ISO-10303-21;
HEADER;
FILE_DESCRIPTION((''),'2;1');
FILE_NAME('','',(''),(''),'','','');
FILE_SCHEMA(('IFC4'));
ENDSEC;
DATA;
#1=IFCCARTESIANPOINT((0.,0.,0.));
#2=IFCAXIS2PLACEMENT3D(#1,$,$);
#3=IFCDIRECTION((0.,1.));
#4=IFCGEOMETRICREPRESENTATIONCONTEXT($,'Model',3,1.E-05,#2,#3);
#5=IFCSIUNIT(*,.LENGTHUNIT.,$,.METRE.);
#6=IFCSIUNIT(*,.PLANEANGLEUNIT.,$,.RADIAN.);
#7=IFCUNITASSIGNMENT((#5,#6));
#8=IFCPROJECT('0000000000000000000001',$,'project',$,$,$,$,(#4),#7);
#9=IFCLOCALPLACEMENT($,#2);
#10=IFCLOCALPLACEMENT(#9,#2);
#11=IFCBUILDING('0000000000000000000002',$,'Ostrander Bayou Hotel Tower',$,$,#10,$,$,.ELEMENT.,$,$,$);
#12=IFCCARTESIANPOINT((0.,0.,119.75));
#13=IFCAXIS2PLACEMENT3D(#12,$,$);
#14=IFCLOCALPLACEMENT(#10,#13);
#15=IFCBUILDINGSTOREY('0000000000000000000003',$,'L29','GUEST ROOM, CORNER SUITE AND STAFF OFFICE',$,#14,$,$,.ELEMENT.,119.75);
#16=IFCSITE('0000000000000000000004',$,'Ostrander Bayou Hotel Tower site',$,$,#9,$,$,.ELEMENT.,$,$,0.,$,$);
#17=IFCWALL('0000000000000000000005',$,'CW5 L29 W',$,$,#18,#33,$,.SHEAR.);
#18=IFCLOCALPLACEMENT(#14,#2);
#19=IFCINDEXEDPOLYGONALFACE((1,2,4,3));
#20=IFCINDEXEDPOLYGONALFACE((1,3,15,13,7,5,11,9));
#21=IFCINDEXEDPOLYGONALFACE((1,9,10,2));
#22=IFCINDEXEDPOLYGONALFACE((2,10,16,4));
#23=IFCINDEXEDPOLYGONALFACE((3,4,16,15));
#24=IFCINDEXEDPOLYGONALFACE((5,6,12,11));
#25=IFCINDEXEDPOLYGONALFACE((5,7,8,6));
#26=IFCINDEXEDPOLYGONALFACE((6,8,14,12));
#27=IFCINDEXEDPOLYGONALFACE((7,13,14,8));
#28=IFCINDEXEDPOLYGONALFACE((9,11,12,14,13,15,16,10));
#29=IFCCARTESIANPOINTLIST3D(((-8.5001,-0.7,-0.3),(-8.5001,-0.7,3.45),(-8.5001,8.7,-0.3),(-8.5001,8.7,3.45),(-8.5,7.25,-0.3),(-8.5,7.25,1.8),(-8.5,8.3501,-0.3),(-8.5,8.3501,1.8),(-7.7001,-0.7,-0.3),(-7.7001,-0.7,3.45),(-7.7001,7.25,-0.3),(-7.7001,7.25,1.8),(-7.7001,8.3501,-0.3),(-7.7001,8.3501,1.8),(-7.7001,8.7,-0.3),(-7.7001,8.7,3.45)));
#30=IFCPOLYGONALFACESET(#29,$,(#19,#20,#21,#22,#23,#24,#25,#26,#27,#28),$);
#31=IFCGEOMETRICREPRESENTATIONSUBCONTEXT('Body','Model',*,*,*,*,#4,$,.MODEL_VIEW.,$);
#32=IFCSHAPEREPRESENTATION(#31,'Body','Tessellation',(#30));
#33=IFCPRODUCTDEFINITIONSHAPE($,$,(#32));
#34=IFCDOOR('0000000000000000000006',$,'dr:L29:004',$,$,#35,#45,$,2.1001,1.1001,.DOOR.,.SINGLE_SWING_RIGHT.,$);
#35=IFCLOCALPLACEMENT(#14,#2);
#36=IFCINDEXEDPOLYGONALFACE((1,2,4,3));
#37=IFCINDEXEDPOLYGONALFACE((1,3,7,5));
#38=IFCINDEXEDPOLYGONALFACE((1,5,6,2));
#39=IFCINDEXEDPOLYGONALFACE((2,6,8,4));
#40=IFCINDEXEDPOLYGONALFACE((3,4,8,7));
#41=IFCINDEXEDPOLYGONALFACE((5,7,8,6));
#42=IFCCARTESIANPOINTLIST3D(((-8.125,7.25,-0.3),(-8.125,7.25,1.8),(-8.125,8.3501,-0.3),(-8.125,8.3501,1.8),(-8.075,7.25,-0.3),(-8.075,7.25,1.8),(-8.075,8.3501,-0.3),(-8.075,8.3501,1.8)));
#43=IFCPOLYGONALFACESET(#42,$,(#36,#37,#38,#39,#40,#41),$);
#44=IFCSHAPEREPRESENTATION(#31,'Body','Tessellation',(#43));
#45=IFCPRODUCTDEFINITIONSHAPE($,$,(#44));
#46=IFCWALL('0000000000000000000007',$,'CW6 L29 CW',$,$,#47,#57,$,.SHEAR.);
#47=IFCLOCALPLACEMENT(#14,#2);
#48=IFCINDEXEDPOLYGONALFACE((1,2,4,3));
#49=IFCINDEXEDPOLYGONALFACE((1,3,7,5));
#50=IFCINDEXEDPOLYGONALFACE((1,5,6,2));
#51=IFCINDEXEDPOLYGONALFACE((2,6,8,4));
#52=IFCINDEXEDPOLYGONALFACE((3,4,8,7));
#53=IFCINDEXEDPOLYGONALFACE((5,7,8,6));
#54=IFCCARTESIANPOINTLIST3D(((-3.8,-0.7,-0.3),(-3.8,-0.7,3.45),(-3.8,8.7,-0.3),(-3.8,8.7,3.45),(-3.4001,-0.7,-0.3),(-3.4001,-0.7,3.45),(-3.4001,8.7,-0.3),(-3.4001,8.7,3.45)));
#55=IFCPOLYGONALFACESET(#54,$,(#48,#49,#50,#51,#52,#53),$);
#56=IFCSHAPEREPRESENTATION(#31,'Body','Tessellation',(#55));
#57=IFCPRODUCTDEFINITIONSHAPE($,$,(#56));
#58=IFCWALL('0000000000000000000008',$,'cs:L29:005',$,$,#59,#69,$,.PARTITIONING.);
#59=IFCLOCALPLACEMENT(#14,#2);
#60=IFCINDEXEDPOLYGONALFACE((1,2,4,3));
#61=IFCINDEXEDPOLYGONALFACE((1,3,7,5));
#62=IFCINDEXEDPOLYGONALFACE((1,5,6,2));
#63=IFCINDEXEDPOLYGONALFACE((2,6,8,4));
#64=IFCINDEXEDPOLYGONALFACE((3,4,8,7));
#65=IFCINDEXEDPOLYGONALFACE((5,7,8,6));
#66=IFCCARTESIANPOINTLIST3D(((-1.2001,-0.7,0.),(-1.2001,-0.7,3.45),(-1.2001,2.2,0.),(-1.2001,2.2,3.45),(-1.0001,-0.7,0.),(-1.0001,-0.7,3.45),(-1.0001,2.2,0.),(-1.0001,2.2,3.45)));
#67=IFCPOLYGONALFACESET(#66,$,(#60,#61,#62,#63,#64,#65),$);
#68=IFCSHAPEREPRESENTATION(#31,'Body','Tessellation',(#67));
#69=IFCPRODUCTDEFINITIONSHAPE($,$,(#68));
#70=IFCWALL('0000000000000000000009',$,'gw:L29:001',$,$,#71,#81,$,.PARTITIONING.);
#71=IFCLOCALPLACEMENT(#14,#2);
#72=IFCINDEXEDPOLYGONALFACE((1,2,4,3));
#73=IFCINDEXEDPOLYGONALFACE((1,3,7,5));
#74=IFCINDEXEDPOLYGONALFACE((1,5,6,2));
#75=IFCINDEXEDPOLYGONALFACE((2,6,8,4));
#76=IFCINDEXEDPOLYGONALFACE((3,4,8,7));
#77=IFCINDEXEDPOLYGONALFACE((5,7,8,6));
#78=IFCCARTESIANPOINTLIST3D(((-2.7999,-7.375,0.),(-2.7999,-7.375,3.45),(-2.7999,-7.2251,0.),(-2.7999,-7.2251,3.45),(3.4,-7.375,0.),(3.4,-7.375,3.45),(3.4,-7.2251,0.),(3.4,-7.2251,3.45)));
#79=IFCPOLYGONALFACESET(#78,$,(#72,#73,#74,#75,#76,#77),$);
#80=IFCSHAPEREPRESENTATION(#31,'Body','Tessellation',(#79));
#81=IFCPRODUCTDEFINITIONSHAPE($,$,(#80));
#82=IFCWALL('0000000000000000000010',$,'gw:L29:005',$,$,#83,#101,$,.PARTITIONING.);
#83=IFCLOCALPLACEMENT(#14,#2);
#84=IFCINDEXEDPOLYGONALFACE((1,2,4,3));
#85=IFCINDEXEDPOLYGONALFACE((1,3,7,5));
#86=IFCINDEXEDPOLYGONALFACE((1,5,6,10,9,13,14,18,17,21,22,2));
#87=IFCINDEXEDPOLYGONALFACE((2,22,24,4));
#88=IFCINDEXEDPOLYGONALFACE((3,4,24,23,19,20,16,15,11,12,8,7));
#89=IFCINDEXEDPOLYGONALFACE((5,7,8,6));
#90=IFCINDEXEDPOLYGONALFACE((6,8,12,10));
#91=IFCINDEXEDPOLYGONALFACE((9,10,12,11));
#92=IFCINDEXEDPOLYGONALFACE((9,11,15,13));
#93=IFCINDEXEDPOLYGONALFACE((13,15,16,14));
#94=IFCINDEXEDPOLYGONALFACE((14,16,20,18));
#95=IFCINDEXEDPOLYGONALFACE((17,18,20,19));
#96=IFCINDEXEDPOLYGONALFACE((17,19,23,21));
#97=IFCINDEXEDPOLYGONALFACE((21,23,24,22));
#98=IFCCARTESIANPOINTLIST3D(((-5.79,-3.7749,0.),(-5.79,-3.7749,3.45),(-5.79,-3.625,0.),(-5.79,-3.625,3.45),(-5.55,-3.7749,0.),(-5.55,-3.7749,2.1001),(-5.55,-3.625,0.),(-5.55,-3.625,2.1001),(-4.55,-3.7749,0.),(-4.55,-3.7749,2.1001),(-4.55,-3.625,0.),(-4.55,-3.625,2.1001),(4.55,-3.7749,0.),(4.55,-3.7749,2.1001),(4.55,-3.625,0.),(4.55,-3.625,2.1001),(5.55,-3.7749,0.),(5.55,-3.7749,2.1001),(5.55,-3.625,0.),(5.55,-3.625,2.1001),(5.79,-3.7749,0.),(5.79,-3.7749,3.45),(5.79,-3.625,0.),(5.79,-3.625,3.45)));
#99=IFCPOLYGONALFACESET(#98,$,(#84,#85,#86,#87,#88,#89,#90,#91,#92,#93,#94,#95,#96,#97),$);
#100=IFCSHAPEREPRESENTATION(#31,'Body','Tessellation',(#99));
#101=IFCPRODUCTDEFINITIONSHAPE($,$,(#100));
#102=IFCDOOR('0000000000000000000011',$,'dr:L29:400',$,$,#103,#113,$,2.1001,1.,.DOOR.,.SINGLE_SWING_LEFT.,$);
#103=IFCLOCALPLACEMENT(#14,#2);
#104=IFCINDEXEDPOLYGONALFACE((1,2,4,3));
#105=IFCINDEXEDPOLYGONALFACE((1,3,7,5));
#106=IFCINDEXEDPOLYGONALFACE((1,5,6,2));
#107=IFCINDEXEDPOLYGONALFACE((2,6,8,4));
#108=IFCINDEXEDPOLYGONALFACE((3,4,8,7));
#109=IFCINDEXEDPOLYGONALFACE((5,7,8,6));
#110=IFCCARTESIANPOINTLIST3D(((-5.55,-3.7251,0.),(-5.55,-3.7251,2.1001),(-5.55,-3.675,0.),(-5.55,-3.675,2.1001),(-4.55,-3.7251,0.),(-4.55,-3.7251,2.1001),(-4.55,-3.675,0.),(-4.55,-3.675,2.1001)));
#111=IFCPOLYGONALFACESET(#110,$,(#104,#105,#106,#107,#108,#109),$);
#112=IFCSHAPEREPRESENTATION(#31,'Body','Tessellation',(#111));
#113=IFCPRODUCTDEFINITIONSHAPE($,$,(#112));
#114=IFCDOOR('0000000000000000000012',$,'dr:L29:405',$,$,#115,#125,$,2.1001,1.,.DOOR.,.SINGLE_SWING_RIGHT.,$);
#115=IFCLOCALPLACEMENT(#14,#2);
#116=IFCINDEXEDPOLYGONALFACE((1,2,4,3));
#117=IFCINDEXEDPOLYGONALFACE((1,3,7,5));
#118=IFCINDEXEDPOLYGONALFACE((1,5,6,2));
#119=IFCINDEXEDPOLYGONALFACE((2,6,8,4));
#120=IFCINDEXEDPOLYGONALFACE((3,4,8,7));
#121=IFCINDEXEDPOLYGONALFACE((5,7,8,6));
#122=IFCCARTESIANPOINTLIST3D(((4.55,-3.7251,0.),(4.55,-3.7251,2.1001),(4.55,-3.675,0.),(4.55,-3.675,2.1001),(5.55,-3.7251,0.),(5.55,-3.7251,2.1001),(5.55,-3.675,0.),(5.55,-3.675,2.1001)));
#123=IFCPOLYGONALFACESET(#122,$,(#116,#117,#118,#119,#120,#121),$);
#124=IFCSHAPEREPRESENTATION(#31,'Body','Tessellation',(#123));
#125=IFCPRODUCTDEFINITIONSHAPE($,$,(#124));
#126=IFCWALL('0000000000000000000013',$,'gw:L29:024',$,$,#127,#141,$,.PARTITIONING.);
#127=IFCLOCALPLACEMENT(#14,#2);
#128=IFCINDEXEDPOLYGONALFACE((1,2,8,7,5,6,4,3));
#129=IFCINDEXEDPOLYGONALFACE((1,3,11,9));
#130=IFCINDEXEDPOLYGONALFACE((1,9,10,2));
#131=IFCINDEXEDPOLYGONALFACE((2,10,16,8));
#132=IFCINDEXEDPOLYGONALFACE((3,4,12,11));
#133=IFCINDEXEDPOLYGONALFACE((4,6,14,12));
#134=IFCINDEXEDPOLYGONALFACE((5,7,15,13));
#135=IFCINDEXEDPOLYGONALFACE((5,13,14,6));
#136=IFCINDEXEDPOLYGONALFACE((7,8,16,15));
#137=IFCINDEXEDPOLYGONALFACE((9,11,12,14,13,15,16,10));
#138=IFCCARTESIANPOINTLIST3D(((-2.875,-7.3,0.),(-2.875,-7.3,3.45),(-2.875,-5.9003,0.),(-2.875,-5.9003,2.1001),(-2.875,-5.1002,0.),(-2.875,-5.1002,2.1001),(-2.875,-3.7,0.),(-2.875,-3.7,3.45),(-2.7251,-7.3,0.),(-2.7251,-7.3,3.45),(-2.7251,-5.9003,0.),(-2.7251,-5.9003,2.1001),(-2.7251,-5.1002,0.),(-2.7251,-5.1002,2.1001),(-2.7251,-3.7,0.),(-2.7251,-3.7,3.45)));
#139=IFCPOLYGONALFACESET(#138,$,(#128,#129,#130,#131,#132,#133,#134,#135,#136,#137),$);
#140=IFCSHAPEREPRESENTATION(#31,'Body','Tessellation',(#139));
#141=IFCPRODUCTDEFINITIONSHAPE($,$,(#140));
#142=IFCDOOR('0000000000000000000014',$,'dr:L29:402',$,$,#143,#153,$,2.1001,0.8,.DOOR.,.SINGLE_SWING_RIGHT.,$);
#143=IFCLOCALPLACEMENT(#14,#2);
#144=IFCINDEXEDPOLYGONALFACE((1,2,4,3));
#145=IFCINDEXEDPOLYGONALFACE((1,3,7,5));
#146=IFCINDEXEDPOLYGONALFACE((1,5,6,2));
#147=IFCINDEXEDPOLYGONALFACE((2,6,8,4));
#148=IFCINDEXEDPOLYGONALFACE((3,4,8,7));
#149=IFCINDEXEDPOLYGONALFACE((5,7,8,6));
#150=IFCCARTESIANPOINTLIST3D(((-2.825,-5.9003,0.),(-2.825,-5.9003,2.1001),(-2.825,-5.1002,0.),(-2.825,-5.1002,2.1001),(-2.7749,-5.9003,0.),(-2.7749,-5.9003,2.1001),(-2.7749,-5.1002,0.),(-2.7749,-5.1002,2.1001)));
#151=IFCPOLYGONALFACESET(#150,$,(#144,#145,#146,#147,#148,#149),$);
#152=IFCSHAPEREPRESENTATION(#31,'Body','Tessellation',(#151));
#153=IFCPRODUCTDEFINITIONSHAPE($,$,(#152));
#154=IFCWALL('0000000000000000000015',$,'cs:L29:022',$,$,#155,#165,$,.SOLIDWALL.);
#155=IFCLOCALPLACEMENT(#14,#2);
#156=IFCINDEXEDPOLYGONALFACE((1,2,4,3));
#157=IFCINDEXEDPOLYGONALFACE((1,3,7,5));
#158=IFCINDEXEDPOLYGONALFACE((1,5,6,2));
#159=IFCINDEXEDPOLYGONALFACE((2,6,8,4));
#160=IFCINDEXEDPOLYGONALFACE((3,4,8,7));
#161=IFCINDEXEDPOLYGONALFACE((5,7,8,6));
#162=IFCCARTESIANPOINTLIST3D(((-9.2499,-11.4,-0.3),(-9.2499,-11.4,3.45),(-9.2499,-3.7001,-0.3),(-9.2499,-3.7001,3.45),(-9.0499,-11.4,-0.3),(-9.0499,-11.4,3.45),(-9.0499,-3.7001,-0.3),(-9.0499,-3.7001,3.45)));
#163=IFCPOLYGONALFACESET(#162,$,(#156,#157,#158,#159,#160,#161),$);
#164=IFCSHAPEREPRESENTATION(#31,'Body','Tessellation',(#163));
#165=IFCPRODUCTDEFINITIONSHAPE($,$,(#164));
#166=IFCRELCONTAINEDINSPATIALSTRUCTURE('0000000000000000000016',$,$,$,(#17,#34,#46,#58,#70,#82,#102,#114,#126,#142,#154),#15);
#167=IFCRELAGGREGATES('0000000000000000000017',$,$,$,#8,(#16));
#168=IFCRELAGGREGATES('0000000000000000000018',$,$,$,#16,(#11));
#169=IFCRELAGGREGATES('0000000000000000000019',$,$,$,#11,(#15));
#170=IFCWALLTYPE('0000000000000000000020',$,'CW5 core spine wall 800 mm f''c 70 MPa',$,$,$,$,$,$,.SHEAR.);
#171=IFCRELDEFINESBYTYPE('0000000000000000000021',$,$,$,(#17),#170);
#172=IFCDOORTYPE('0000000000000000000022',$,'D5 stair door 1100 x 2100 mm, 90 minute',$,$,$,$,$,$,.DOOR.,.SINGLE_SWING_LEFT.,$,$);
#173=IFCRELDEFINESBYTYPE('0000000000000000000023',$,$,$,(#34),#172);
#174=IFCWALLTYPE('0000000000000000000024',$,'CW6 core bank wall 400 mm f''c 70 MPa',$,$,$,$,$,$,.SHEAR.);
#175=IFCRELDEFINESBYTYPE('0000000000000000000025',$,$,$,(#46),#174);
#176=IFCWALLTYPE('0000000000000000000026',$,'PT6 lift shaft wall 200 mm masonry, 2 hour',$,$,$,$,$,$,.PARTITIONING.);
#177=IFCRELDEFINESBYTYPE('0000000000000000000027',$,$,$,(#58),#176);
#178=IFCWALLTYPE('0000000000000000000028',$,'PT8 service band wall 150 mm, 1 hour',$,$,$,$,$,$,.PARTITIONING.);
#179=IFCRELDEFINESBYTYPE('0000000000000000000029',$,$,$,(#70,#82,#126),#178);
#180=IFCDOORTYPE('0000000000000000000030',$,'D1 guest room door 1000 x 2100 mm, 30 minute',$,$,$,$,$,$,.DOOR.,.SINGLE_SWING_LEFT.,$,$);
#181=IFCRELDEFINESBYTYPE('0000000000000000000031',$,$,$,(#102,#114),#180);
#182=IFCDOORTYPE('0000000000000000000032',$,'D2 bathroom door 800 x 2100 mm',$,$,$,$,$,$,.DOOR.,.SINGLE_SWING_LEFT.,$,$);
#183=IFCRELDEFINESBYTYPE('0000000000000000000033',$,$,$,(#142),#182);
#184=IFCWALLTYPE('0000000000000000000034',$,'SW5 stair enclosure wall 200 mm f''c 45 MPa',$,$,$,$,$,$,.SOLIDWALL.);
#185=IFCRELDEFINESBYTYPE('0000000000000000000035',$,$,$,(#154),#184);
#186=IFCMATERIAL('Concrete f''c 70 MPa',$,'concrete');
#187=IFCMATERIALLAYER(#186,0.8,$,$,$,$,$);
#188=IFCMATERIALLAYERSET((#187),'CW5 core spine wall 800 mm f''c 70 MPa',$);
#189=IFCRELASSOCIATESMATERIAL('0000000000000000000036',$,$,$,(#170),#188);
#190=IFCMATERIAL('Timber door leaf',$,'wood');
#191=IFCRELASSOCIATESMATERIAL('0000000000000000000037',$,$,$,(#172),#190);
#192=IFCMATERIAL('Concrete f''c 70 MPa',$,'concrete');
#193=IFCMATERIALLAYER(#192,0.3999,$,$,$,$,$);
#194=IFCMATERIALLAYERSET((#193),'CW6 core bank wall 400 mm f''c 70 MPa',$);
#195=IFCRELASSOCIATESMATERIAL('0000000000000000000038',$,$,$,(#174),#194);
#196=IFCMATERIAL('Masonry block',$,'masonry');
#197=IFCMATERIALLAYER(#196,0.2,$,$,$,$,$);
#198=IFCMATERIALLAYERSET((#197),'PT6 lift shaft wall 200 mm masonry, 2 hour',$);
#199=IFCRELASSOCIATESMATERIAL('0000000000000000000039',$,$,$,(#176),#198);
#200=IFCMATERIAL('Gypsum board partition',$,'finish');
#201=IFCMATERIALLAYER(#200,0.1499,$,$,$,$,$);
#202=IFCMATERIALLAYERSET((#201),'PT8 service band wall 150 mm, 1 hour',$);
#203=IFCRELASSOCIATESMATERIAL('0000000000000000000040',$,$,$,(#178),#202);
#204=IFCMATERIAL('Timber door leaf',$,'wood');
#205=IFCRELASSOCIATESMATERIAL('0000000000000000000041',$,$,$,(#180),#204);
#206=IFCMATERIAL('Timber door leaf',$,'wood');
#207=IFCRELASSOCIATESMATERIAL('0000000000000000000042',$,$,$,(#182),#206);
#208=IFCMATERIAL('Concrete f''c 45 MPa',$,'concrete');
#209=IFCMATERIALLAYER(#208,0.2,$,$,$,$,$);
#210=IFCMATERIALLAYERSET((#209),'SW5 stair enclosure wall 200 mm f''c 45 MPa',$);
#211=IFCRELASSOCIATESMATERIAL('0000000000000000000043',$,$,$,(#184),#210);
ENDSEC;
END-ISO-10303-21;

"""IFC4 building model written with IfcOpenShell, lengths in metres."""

from ifc_helpers import new_model, si_unit, direction, frame, frame_2d, origin, place, context, subcontext, project, spatial, rectangle, extrude, material, layer, layer_set, type_object, element, fill, save


model = new_model("IFC4")

# Units and contexts
model_context = context("Model", 3, precision=1e-05, world=origin(), true_north=direction((0.0, 1.0)))
body_context = subcontext(model_context, "Body", "Model", "MODEL_VIEW")
ifc_project = project(units=[si_unit("LENGTHUNIT", "METRE"), si_unit("PLANEANGLEUNIT", "RADIAN")], contexts=[model_context])

# Site, building, storey
site_placement = place(None, origin())
site = spatial("IfcSite", under=ifc_project, at=site_placement, Name="Ostrander Bayou Hotel Tower site", CompositionType="ELEMENT", RefElevation=0.0)
building_placement = place(site_placement, origin())
building = spatial("IfcBuilding", under=site, at=building_placement, Name="Ostrander Bayou Hotel Tower", CompositionType="ELEMENT")
storey_placement = place(building_placement, frame((0.0, 0.0, 119.75)))
storey = spatial("IfcBuildingStorey", under=building, at=storey_placement, Name="L29", Description="GUEST ROOM, CORNER SUITE AND STAFF OFFICE", CompositionType="ELEMENT", Elevation=119.75)

# Wall, opening, door
ifc_material_1 = material(Name="Concrete f'c 70 MPa", Category="concrete")
ifc_layer_1 = layer(ifc_material_1, 0.8)
ifc_layer_set_1 = layer_set([ifc_layer_1], Name="CW5 core spine wall 800 mm f'c 70 MPa")
wall_type_1 = type_object("IfcWallType", Name="CW5 core spine wall 800 mm f'c 70 MPa", PredefinedType="SHEAR", material=ifc_layer_set_1)
wall_1_placement = place(storey_placement, frame((-8.1001, -0.7, -0.3), z_axis=(0.0, 0.0, 1.0), x_axis=(0.0, 1.0, 0.0)))
wall_1 = element("IfcWall", 1, at=wall_1_placement, inside=storey, type_object=wall_type_1, Name="CW5 L29 W", PredefinedType="SHEAR", context=body_context, shape_type="SweptSolid", body=[
    extrude(rectangle(XDim=9.3999, YDim=0.8, at=frame_2d((4.7, 0.0))), origin(), (0.0, 0.0, 1.0), 3.75),
])
opening_1_placement = place(wall_1_placement, frame((7.95, 0.0, 0.0)))
opening_1 = element("IfcOpeningElement", 2, at=opening_1_placement, cuts=wall_1, PredefinedType="OPENING", context=body_context, shape_type="SweptSolid", body=[
    extrude(rectangle(XDim=1.1001, YDim=2.1001, at=frame_2d((0.55, 1.05))), frame((0.0, 0.3999, 0.0), z_axis=(0.0, -1.0, 0.0), x_axis=(1.0, 0.0, 0.0)), (0.0, 0.0, 1.0), 0.8),
])
ifc_material_2 = material(Name="Timber door leaf", Category="wood")
door_type_1 = type_object("IfcDoorType", Name="D5 stair door 1100 x 2100 mm, 90 minute", OperationType="SINGLE_SWING_LEFT", PredefinedType="DOOR", material=ifc_material_2)
door_1_placement = place(opening_1_placement, origin())
door_1 = element("IfcDoor", 3, at=door_1_placement, inside=storey, type_object=door_type_1, Name="dr:L29:004", OperationType="SINGLE_SWING_RIGHT", OverallHeight=2.1001, OverallWidth=1.1001, PredefinedType="DOOR", context=body_context, shape_type="SweptSolid", body=[
    extrude(rectangle(XDim=1.1001, YDim=2.1001, at=frame_2d((0.55, 1.05))), frame((0.0, 0.0249, 0.0), z_axis=(0.0, -1.0, 0.0), x_axis=(1.0, 0.0, 0.0)), (0.0, 0.0, 1.0), 0.05),
])
fill(opening_1, door_1)

# Walls
ifc_material_3 = material(Name="Concrete f'c 70 MPa", Category="concrete")
ifc_layer_2 = layer(ifc_material_3, 0.3999)
ifc_layer_set_2 = layer_set([ifc_layer_2], Name="CW6 core bank wall 400 mm f'c 70 MPa")
wall_type_2 = type_object("IfcWallType", Name="CW6 core bank wall 400 mm f'c 70 MPa", PredefinedType="SHEAR", material=ifc_layer_set_2)
wall_2_placement = place(storey_placement, frame((-3.6001, -0.7, -0.3), z_axis=(0.0, 0.0, 1.0), x_axis=(0.0, 1.0, 0.0)))
element("IfcWall", 4, at=wall_2_placement, inside=storey, type_object=wall_type_2, Name="CW6 L29 CW", PredefinedType="SHEAR", context=body_context, shape_type="SweptSolid", body=[
    extrude(rectangle(XDim=9.3999, YDim=0.3999, at=frame_2d((4.7, 0.0))), origin(), (0.0, 0.0, 1.0), 3.75),
])
ifc_material_4 = material(Name="Masonry block", Category="masonry")
ifc_layer_3 = layer(ifc_material_4, 0.2)
ifc_layer_set_3 = layer_set([ifc_layer_3], Name="PT6 lift shaft wall 200 mm masonry, 2 hour")
wall_type_3 = type_object("IfcWallType", Name="PT6 lift shaft wall 200 mm masonry, 2 hour", PredefinedType="PARTITIONING", material=ifc_layer_set_3)
wall_3_placement = place(storey_placement, frame((-1.1001, -0.7, 0.0), z_axis=(0.0, 0.0, 1.0), x_axis=(0.0, 1.0, 0.0)))
element("IfcWall", 5, at=wall_3_placement, inside=storey, type_object=wall_type_3, Name="cs:L29:005", PredefinedType="PARTITIONING", context=body_context, shape_type="SweptSolid", body=[
    extrude(rectangle(XDim=2.8999, YDim=0.2, at=frame_2d((1.45, 0.0))), origin(), (0.0, 0.0, 1.0), 3.45),
])
ifc_material_5 = material(Name="Gypsum board partition", Category="finish")
ifc_layer_4 = layer(ifc_material_5, 0.1499)
ifc_layer_set_4 = layer_set([ifc_layer_4], Name="PT8 service band wall 150 mm, 1 hour")
wall_type_4 = type_object("IfcWallType", Name="PT8 service band wall 150 mm, 1 hour", PredefinedType="PARTITIONING", material=ifc_layer_set_4)
wall_4_placement = place(storey_placement, frame((-2.8, -7.3, 0.0), z_axis=(0.0, 0.0, 1.0), x_axis=(1.0, 0.0, 0.0)))
element("IfcWall", 6, at=wall_4_placement, inside=storey, type_object=wall_type_4, Name="gw:L29:001", PredefinedType="PARTITIONING", context=body_context, shape_type="SweptSolid", body=[
    extrude(rectangle(XDim=6.2, YDim=0.1499, at=frame_2d((3.1001, 0.0))), origin(), (0.0, 0.0, 1.0), 3.45),
])

# Wall, openings, doors
wall_5_placement = place(storey_placement, frame((-5.79, -3.7, 0.0), z_axis=(0.0, 0.0, 1.0), x_axis=(1.0, 0.0, 0.0)))
wall_5 = element("IfcWall", 7, at=wall_5_placement, inside=storey, type_object=wall_type_4, Name="gw:L29:005", PredefinedType="PARTITIONING", context=body_context, shape_type="SweptSolid", body=[
    extrude(rectangle(XDim=11.5801, YDim=0.1499, at=frame_2d((5.79, 0.0))), origin(), (0.0, 0.0, 1.0), 3.45),
])
opening_2_placement = place(wall_5_placement, frame((0.24, 0.0, 0.0)))
opening_2 = element("IfcOpeningElement", 8, at=opening_2_placement, cuts=wall_5, PredefinedType="OPENING", context=body_context, shape_type="SweptSolid", body=[
    extrude(rectangle(XDim=1.0, YDim=2.1001, at=frame_2d((0.5, 1.05))), frame((0.0, 0.075, 0.0), z_axis=(0.0, -1.0, 0.0), x_axis=(1.0, 0.0, 0.0)), (0.0, 0.0, 1.0), 0.1499),
])
opening_3_placement = place(wall_5_placement, frame((10.3401, 0.0, 0.0)))
opening_3 = element("IfcOpeningElement", 9, at=opening_3_placement, cuts=wall_5, PredefinedType="OPENING", context=body_context, shape_type="SweptSolid", body=[
    extrude(rectangle(XDim=1.0, YDim=2.1001, at=frame_2d((0.5, 1.05))), frame((0.0, 0.075, 0.0), z_axis=(0.0, -1.0, 0.0), x_axis=(1.0, 0.0, 0.0)), (0.0, 0.0, 1.0), 0.1499),
])
ifc_material_6 = material(Name="Timber door leaf", Category="wood")
door_type_2 = type_object("IfcDoorType", Name="D1 guest room door 1000 x 2100 mm, 30 minute", OperationType="SINGLE_SWING_LEFT", PredefinedType="DOOR", material=ifc_material_6)
door_2_placement = place(opening_2_placement, origin())
door_2 = element("IfcDoor", 10, at=door_2_placement, inside=storey, type_object=door_type_2, Name="dr:L29:400", OperationType="SINGLE_SWING_LEFT", OverallHeight=2.1001, OverallWidth=1.0, PredefinedType="DOOR", context=body_context, shape_type="SweptSolid", body=[
    extrude(rectangle(XDim=1.0, YDim=2.1001, at=frame_2d((0.5, 1.05))), frame((0.0, 0.0249, 0.0), z_axis=(0.0, -1.0, 0.0), x_axis=(1.0, 0.0, 0.0)), (0.0, 0.0, 1.0), 0.05),
])
fill(opening_2, door_2)
door_3_placement = place(opening_3_placement, origin())
door_3 = element("IfcDoor", 11, at=door_3_placement, inside=storey, type_object=door_type_2, Name="dr:L29:405", OperationType="SINGLE_SWING_RIGHT", OverallHeight=2.1001, OverallWidth=1.0, PredefinedType="DOOR", context=body_context, shape_type="SweptSolid", body=[
    extrude(rectangle(XDim=1.0, YDim=2.1001, at=frame_2d((0.5, 1.05))), frame((0.0, 0.0249, 0.0), z_axis=(0.0, -1.0, 0.0), x_axis=(1.0, 0.0, 0.0)), (0.0, 0.0, 1.0), 0.05),
])
fill(opening_3, door_3)

# Wall, opening, door
wall_6_placement = place(storey_placement, frame((-2.8, -7.3, 0.0), z_axis=(0.0, 0.0, 1.0), x_axis=(0.0, 1.0, 0.0)))
wall_6 = element("IfcWall", 12, at=wall_6_placement, inside=storey, type_object=wall_type_4, Name="gw:L29:024", PredefinedType="PARTITIONING", context=body_context, shape_type="SweptSolid", body=[
    extrude(rectangle(XDim=3.6001, YDim=0.1499, at=frame_2d((1.8, 0.0))), origin(), (0.0, 0.0, 1.0), 3.45),
])
opening_4_placement = place(wall_6_placement, frame((1.3999, 0.0, 0.0)))
opening_4 = element("IfcOpeningElement", 13, at=opening_4_placement, cuts=wall_6, PredefinedType="OPENING", context=body_context, shape_type="SweptSolid", body=[
    extrude(rectangle(XDim=0.8, YDim=2.1001, at=frame_2d((0.3999, 1.05))), frame((0.0, 0.075, 0.0), z_axis=(0.0, -1.0, 0.0), x_axis=(1.0, 0.0, 0.0)), (0.0, 0.0, 1.0), 0.1499),
])
ifc_material_7 = material(Name="Timber door leaf", Category="wood")
door_type_3 = type_object("IfcDoorType", Name="D2 bathroom door 800 x 2100 mm", OperationType="SINGLE_SWING_LEFT", PredefinedType="DOOR", material=ifc_material_7)
door_4_placement = place(opening_4_placement, origin())
door_4 = element("IfcDoor", 14, at=door_4_placement, inside=storey, type_object=door_type_3, Name="dr:L29:402", OperationType="SINGLE_SWING_RIGHT", OverallHeight=2.1001, OverallWidth=0.8, PredefinedType="DOOR", context=body_context, shape_type="SweptSolid", body=[
    extrude(rectangle(XDim=0.8, YDim=2.1001, at=frame_2d((0.3999, 1.05))), frame((0.0, 0.0249, 0.0), z_axis=(0.0, -1.0, 0.0), x_axis=(1.0, 0.0, 0.0)), (0.0, 0.0, 1.0), 0.05),
])
fill(opening_4, door_4)
ifc_material_8 = material(Name="Concrete f'c 45 MPa", Category="concrete")
ifc_layer_5 = layer(ifc_material_8, 0.2)
ifc_layer_set_5 = layer_set([ifc_layer_5], Name="SW5 stair enclosure wall 200 mm f'c 45 MPa")
wall_type_5 = type_object("IfcWallType", Name="SW5 stair enclosure wall 200 mm f'c 45 MPa", PredefinedType="SOLIDWALL", material=ifc_layer_set_5)

# Wall
for number, where, z_axis, x_axis, name in (
    (15, (-9.1499, -3.7, -0.3), (0.0, 0.0, 1.0), (0.0, -1.0, 0.0), "cs:L29:022"),
):
    element("IfcWall", number, at=place(storey_placement, frame(where, z_axis=z_axis, x_axis=x_axis)), inside=storey, type_object=wall_type_5, Name=name, PredefinedType="SOLIDWALL", context=body_context, shape_type="SweptSolid", body=[
        extrude(rectangle(XDim=7.7, YDim=0.2, at=frame_2d((3.8501, 0.0))), origin(), (0.0, 0.0, 1.0), 3.75),
    ])

save(model, "model.ifc")
